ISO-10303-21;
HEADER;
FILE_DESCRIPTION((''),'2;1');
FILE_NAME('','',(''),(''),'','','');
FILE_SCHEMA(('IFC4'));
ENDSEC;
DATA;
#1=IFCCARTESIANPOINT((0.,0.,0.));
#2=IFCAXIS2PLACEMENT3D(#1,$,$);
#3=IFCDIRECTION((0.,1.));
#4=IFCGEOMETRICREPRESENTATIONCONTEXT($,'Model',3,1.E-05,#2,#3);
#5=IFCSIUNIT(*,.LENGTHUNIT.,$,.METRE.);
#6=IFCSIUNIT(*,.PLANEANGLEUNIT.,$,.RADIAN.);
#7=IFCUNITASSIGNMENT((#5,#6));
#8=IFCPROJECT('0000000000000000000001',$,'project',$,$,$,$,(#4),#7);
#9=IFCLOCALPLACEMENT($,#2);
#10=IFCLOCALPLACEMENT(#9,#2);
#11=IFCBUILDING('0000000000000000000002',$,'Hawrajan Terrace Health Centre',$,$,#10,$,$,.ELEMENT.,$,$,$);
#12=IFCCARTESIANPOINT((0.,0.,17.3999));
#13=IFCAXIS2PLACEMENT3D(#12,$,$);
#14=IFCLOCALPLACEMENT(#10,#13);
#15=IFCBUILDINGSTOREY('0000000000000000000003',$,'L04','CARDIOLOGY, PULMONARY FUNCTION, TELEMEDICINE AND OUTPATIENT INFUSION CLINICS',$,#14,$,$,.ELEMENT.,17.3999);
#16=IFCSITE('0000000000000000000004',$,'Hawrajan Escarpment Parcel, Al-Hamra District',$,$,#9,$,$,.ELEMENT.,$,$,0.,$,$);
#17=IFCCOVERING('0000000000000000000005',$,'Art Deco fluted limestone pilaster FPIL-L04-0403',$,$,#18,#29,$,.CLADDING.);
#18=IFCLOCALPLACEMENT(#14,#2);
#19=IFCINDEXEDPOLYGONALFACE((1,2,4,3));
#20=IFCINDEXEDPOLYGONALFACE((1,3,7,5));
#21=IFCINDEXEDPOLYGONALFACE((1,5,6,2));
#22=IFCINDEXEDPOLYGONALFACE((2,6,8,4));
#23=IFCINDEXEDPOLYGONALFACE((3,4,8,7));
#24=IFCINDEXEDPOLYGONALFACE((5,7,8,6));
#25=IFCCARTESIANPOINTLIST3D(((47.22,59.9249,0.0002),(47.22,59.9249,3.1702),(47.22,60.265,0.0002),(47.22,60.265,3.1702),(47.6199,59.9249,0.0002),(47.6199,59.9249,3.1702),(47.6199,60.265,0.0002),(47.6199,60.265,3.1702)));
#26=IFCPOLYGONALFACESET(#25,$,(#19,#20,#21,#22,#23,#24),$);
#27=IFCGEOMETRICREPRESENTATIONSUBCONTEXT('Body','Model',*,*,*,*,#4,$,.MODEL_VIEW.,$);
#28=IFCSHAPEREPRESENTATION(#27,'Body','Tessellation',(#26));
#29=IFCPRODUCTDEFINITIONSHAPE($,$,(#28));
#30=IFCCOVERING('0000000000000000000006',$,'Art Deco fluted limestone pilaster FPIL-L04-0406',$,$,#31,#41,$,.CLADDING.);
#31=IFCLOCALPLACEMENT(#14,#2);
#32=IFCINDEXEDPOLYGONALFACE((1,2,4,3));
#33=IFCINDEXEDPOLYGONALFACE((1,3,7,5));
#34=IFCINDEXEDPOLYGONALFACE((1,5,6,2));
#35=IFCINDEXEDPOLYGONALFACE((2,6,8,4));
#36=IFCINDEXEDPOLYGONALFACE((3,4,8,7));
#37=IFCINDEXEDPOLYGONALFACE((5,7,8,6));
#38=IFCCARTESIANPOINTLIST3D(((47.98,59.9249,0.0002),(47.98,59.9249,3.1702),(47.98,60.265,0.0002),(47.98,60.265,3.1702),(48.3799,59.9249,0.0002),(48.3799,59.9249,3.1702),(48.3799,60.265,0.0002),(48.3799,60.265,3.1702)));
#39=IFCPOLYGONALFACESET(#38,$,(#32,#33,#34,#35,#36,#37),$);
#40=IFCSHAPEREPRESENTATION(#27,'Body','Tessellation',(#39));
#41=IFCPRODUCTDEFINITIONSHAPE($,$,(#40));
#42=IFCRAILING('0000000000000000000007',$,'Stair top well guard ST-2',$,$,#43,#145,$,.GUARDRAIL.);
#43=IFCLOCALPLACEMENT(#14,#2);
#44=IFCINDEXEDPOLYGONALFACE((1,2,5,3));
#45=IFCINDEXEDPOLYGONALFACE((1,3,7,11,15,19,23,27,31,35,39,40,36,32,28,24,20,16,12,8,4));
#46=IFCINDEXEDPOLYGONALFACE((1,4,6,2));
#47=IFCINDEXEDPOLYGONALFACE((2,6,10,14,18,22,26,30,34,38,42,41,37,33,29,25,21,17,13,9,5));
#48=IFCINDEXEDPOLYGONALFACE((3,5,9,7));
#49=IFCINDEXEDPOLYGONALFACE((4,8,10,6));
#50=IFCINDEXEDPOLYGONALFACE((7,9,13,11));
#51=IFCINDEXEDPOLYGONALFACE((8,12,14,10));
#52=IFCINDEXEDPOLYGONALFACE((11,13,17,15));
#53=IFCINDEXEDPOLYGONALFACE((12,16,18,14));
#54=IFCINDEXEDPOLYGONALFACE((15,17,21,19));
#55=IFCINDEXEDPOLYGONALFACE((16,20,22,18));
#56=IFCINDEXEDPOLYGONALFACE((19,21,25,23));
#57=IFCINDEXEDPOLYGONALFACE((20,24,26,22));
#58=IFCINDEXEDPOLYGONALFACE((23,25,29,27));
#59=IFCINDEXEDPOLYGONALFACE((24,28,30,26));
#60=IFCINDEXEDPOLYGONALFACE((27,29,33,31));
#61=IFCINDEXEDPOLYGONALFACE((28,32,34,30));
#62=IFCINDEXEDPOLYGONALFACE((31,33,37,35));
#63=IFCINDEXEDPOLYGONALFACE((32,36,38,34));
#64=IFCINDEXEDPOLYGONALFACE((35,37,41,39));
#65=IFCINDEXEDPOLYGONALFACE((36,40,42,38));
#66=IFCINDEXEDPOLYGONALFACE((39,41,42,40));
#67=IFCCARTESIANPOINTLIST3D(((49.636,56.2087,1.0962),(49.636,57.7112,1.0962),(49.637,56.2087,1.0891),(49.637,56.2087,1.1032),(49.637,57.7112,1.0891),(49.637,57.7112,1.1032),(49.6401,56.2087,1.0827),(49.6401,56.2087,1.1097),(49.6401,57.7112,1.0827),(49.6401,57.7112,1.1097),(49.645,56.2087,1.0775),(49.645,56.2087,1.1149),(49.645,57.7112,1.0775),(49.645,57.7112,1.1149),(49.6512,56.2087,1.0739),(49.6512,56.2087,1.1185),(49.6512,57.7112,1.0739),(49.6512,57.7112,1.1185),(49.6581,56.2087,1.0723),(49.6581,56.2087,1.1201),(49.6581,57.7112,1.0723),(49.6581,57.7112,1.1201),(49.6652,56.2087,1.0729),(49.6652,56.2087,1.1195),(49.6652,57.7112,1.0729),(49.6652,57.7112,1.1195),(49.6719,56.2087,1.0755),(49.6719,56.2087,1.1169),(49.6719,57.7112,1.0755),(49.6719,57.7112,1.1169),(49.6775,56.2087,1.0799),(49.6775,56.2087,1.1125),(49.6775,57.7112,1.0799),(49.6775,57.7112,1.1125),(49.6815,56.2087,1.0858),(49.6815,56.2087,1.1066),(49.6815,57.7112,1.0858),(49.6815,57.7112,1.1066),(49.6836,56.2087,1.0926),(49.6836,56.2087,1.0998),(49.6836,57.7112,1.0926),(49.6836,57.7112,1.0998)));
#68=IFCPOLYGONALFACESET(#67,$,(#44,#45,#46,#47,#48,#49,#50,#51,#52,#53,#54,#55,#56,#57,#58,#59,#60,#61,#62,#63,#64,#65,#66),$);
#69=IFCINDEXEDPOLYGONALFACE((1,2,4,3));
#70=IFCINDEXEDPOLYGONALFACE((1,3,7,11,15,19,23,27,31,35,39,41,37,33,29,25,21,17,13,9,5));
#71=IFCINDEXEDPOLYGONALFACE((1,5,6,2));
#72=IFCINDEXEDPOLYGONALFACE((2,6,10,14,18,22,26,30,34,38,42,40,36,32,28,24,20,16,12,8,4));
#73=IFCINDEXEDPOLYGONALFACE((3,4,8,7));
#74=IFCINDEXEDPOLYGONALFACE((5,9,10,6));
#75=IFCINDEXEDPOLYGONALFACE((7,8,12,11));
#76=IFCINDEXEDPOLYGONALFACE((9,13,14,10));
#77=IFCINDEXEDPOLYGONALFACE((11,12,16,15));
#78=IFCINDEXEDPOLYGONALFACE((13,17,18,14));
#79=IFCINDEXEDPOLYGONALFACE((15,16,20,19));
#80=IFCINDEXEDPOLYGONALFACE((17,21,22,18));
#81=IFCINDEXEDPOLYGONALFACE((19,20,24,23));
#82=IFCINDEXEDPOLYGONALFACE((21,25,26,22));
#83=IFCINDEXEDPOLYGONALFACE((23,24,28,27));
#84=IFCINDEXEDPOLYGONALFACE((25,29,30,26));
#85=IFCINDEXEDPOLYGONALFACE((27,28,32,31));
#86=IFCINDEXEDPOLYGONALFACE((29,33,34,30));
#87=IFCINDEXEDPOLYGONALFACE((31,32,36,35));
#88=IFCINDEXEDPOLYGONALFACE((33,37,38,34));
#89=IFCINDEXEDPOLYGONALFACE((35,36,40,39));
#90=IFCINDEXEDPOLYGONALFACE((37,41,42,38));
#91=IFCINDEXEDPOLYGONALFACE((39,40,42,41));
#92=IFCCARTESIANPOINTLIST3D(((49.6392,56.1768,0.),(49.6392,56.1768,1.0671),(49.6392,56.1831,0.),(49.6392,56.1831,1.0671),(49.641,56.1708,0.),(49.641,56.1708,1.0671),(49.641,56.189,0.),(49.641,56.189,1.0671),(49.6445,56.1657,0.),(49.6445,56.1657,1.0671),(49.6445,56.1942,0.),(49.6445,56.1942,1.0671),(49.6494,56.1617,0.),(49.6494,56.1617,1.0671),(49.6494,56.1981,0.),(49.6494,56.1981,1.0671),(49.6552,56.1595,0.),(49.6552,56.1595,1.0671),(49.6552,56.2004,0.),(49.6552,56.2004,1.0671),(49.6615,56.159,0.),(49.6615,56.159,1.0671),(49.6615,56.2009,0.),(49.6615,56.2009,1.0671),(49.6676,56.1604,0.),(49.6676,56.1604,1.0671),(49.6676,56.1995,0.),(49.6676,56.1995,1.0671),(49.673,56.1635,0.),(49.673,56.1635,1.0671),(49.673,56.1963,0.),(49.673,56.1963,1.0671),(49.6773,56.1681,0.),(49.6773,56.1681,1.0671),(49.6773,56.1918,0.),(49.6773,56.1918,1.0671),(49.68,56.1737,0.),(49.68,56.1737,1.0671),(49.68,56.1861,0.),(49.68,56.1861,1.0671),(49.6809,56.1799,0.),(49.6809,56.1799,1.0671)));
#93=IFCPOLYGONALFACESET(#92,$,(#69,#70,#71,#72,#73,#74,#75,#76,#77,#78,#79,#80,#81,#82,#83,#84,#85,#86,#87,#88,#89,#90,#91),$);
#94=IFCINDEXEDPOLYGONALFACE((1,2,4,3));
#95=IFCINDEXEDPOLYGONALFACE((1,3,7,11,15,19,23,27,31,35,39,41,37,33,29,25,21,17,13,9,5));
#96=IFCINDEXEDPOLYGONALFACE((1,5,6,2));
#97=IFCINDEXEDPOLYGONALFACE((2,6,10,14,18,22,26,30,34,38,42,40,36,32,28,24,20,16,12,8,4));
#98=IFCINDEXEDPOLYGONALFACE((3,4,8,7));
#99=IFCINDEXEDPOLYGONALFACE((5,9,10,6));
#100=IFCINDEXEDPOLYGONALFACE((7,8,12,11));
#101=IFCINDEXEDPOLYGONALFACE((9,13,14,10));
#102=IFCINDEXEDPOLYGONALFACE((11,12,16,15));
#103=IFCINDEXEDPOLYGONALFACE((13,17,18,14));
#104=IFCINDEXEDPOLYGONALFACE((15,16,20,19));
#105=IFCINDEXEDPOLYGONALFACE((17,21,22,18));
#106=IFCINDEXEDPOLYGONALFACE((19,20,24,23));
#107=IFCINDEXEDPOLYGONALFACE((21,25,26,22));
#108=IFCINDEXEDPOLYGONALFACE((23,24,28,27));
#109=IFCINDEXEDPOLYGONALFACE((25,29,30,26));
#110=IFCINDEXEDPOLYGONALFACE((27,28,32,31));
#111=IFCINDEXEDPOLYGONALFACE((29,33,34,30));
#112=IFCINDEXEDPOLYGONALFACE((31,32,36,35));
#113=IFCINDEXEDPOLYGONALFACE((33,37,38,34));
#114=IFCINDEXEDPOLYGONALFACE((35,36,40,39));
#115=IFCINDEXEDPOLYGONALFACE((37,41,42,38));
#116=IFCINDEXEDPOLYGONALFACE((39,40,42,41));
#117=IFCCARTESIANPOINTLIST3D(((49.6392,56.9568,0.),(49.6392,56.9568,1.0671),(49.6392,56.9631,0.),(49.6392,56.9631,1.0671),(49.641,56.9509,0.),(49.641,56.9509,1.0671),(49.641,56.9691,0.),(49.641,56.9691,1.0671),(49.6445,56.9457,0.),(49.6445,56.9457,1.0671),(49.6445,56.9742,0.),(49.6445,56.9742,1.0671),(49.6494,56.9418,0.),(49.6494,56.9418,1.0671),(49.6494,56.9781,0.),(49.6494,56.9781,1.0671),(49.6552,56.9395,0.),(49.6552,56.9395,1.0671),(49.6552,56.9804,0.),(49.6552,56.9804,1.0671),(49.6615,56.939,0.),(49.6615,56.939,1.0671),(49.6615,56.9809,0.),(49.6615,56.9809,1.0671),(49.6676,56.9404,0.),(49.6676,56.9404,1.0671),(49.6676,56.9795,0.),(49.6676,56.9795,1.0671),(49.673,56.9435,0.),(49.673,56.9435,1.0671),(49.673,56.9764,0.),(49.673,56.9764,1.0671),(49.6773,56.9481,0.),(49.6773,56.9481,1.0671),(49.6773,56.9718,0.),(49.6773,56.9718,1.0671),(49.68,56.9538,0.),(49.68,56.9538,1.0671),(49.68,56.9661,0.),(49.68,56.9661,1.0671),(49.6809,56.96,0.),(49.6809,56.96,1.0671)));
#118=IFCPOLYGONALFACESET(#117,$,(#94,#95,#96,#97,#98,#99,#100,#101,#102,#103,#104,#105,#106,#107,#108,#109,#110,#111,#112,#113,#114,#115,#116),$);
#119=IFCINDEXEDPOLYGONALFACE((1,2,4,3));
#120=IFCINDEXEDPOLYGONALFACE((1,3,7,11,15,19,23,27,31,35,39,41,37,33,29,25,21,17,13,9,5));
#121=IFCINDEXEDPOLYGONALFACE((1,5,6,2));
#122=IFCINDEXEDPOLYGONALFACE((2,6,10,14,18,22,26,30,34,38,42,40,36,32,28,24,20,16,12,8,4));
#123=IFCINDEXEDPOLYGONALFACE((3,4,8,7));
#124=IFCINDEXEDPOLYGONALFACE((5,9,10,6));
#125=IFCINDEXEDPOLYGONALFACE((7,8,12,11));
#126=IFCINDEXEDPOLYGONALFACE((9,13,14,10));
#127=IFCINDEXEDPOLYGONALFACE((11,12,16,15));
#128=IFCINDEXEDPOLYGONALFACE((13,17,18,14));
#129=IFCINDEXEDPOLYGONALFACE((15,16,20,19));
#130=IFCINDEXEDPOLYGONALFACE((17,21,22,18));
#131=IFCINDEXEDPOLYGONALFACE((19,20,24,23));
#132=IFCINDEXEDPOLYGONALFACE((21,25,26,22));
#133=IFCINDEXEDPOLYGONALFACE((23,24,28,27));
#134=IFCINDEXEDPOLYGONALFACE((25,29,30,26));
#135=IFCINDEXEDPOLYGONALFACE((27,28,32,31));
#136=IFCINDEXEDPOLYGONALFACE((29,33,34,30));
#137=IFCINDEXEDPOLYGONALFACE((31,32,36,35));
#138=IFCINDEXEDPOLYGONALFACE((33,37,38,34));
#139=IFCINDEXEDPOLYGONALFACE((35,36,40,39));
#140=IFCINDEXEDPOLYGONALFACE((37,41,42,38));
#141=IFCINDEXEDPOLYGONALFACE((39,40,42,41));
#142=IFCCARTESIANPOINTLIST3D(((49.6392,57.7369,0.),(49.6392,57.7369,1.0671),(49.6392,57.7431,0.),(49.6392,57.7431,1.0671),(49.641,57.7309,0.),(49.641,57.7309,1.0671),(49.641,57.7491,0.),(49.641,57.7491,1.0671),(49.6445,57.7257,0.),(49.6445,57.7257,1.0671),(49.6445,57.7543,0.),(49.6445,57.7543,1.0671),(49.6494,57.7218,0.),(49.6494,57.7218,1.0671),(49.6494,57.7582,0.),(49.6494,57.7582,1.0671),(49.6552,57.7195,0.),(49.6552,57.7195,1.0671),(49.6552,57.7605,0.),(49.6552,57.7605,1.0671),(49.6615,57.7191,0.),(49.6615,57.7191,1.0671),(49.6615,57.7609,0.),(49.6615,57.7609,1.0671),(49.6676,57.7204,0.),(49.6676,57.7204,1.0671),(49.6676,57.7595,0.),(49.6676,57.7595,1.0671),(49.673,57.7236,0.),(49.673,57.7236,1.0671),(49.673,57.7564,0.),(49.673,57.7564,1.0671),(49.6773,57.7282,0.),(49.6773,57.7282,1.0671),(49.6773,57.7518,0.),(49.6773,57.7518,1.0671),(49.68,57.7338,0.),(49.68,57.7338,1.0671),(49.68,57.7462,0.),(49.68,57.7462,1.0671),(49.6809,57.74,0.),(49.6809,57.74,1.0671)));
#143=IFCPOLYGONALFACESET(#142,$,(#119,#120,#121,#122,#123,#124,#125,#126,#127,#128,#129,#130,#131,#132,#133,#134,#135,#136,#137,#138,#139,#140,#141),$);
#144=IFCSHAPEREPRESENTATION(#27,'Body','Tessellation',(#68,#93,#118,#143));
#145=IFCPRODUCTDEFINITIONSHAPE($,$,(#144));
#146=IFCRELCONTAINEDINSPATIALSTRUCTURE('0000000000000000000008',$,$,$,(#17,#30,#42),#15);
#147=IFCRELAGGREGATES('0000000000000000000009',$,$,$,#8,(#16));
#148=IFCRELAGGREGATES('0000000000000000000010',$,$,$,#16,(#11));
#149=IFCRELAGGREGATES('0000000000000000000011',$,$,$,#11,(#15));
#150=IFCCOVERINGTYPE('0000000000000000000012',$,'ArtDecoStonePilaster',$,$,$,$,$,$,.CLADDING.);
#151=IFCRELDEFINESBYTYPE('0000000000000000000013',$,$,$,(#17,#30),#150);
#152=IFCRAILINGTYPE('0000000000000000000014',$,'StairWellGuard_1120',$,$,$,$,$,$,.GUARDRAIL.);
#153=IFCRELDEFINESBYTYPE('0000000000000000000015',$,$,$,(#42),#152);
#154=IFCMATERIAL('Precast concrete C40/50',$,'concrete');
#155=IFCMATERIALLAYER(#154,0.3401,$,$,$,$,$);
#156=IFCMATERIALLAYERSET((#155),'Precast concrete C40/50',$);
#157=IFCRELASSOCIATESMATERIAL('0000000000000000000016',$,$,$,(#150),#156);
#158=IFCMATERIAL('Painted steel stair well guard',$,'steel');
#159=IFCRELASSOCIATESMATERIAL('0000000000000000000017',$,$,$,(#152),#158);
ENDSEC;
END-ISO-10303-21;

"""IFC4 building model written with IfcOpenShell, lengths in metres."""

from ifc_helpers import new_model, si_unit, direction, frame, origin, origin_2d, place, context, subcontext, project, spatial, rectangle, circle, extrude, material, layer, layer_set, type_object, element, save


model = new_model("IFC4")

# Units and contexts
model_context = context("Model", 3, precision=1e-05, world=origin(), true_north=direction((0.0, 1.0)))
body_context = subcontext(model_context, "Body", "Model", "MODEL_VIEW")
ifc_project = project(units=[si_unit("LENGTHUNIT", "METRE"), si_unit("PLANEANGLEUNIT", "RADIAN")], contexts=[model_context])

# Site, building, storey
site_placement = place(None, origin())
site = spatial("IfcSite", under=ifc_project, at=site_placement, Name="Hawrajan Escarpment Parcel, Al-Hamra District", CompositionType="ELEMENT", RefElevation=0.0)
building_placement = place(site_placement, origin())
building = spatial("IfcBuilding", under=site, at=building_placement, Name="Hawrajan Terrace Health Centre", CompositionType="ELEMENT")
storey_placement = place(building_placement, frame((0.0, 0.0, 17.3999)))
storey = spatial("IfcBuildingStorey", under=building, at=storey_placement, Name="L04", Description="CARDIOLOGY, PULMONARY FUNCTION, TELEMEDICINE AND OUTPATIENT INFUSION CLINICS", CompositionType="ELEMENT", Elevation=17.3999)

# Coverings
ifc_material_1 = material(Name="Precast concrete C40/50", Category="concrete")
ifc_layer_1 = layer(ifc_material_1, 0.3401)
ifc_layer_set_1 = layer_set([ifc_layer_1], Name="Precast concrete C40/50")
covering_type_1 = type_object("IfcCoveringType", Name="ArtDecoStonePilaster", PredefinedType="CLADDING", material=ifc_layer_set_1)
for number, where, z_axis, x_axis, name in (
    (1, (47.4199, 60.095, 0.0002), (0.0, 0.0, 1.0), (1.0, 0.0, 0.0), "Art Deco fluted limestone pilaster FPIL-L04-0403"),
    (2, (48.1799, 60.095, 0.0002), (0.0, 0.0, 1.0), (1.0, 0.0, 0.0), "Art Deco fluted limestone pilaster FPIL-L04-0406"),
):
    element("IfcCovering", number, at=place(storey_placement, frame(where, z_axis=z_axis, x_axis=x_axis)), inside=storey, type_object=covering_type_1, Name=name, PredefinedType="CLADDING", context=body_context, shape_type="SweptSolid", body=[
        extrude(rectangle(XDim=0.3999, YDim=0.3401, at=origin_2d()), origin(), (0.0, 0.0, 1.0), 3.1699),
    ])

# Railing
ifc_material_2 = material(Name="Painted steel stair well guard", Category="steel")
railing_type = type_object("IfcRailingType", Name="StairWellGuard_1120", PredefinedType="GUARDRAIL", material=ifc_material_2)
railing_placement = place(storey_placement, frame((49.6599, 56.1799, 0.0)))
element("IfcRailing", 3, at=railing_placement, inside=storey, type_object=railing_type, Name="Stair top well guard ST-2", PredefinedType="GUARDRAIL", context=body_context, shape_type="SweptSolid", body=[
    extrude(circle(Radius=0.0239, at=origin_2d()), frame((0.0, 0.0288, 1.0962), z_axis=(0.0, 1.0, 0.0), x_axis=(-1.0, 0.0, 0.0)), (0.0, 0.0, 1.0), 1.5024),
    extrude(circle(Radius=0.021, at=origin_2d()), origin(), (0.0, 0.0, 1.0), 1.0671),
    extrude(circle(Radius=0.021, at=origin_2d()), frame((0.0, 0.78, 0.0)), (0.0, 0.0, 1.0), 1.0671),
    extrude(circle(Radius=0.021, at=origin_2d()), frame((0.0, 1.5601, 0.0)), (0.0, 0.0, 1.0), 1.0671),
])

save(model, "model.ifc")
